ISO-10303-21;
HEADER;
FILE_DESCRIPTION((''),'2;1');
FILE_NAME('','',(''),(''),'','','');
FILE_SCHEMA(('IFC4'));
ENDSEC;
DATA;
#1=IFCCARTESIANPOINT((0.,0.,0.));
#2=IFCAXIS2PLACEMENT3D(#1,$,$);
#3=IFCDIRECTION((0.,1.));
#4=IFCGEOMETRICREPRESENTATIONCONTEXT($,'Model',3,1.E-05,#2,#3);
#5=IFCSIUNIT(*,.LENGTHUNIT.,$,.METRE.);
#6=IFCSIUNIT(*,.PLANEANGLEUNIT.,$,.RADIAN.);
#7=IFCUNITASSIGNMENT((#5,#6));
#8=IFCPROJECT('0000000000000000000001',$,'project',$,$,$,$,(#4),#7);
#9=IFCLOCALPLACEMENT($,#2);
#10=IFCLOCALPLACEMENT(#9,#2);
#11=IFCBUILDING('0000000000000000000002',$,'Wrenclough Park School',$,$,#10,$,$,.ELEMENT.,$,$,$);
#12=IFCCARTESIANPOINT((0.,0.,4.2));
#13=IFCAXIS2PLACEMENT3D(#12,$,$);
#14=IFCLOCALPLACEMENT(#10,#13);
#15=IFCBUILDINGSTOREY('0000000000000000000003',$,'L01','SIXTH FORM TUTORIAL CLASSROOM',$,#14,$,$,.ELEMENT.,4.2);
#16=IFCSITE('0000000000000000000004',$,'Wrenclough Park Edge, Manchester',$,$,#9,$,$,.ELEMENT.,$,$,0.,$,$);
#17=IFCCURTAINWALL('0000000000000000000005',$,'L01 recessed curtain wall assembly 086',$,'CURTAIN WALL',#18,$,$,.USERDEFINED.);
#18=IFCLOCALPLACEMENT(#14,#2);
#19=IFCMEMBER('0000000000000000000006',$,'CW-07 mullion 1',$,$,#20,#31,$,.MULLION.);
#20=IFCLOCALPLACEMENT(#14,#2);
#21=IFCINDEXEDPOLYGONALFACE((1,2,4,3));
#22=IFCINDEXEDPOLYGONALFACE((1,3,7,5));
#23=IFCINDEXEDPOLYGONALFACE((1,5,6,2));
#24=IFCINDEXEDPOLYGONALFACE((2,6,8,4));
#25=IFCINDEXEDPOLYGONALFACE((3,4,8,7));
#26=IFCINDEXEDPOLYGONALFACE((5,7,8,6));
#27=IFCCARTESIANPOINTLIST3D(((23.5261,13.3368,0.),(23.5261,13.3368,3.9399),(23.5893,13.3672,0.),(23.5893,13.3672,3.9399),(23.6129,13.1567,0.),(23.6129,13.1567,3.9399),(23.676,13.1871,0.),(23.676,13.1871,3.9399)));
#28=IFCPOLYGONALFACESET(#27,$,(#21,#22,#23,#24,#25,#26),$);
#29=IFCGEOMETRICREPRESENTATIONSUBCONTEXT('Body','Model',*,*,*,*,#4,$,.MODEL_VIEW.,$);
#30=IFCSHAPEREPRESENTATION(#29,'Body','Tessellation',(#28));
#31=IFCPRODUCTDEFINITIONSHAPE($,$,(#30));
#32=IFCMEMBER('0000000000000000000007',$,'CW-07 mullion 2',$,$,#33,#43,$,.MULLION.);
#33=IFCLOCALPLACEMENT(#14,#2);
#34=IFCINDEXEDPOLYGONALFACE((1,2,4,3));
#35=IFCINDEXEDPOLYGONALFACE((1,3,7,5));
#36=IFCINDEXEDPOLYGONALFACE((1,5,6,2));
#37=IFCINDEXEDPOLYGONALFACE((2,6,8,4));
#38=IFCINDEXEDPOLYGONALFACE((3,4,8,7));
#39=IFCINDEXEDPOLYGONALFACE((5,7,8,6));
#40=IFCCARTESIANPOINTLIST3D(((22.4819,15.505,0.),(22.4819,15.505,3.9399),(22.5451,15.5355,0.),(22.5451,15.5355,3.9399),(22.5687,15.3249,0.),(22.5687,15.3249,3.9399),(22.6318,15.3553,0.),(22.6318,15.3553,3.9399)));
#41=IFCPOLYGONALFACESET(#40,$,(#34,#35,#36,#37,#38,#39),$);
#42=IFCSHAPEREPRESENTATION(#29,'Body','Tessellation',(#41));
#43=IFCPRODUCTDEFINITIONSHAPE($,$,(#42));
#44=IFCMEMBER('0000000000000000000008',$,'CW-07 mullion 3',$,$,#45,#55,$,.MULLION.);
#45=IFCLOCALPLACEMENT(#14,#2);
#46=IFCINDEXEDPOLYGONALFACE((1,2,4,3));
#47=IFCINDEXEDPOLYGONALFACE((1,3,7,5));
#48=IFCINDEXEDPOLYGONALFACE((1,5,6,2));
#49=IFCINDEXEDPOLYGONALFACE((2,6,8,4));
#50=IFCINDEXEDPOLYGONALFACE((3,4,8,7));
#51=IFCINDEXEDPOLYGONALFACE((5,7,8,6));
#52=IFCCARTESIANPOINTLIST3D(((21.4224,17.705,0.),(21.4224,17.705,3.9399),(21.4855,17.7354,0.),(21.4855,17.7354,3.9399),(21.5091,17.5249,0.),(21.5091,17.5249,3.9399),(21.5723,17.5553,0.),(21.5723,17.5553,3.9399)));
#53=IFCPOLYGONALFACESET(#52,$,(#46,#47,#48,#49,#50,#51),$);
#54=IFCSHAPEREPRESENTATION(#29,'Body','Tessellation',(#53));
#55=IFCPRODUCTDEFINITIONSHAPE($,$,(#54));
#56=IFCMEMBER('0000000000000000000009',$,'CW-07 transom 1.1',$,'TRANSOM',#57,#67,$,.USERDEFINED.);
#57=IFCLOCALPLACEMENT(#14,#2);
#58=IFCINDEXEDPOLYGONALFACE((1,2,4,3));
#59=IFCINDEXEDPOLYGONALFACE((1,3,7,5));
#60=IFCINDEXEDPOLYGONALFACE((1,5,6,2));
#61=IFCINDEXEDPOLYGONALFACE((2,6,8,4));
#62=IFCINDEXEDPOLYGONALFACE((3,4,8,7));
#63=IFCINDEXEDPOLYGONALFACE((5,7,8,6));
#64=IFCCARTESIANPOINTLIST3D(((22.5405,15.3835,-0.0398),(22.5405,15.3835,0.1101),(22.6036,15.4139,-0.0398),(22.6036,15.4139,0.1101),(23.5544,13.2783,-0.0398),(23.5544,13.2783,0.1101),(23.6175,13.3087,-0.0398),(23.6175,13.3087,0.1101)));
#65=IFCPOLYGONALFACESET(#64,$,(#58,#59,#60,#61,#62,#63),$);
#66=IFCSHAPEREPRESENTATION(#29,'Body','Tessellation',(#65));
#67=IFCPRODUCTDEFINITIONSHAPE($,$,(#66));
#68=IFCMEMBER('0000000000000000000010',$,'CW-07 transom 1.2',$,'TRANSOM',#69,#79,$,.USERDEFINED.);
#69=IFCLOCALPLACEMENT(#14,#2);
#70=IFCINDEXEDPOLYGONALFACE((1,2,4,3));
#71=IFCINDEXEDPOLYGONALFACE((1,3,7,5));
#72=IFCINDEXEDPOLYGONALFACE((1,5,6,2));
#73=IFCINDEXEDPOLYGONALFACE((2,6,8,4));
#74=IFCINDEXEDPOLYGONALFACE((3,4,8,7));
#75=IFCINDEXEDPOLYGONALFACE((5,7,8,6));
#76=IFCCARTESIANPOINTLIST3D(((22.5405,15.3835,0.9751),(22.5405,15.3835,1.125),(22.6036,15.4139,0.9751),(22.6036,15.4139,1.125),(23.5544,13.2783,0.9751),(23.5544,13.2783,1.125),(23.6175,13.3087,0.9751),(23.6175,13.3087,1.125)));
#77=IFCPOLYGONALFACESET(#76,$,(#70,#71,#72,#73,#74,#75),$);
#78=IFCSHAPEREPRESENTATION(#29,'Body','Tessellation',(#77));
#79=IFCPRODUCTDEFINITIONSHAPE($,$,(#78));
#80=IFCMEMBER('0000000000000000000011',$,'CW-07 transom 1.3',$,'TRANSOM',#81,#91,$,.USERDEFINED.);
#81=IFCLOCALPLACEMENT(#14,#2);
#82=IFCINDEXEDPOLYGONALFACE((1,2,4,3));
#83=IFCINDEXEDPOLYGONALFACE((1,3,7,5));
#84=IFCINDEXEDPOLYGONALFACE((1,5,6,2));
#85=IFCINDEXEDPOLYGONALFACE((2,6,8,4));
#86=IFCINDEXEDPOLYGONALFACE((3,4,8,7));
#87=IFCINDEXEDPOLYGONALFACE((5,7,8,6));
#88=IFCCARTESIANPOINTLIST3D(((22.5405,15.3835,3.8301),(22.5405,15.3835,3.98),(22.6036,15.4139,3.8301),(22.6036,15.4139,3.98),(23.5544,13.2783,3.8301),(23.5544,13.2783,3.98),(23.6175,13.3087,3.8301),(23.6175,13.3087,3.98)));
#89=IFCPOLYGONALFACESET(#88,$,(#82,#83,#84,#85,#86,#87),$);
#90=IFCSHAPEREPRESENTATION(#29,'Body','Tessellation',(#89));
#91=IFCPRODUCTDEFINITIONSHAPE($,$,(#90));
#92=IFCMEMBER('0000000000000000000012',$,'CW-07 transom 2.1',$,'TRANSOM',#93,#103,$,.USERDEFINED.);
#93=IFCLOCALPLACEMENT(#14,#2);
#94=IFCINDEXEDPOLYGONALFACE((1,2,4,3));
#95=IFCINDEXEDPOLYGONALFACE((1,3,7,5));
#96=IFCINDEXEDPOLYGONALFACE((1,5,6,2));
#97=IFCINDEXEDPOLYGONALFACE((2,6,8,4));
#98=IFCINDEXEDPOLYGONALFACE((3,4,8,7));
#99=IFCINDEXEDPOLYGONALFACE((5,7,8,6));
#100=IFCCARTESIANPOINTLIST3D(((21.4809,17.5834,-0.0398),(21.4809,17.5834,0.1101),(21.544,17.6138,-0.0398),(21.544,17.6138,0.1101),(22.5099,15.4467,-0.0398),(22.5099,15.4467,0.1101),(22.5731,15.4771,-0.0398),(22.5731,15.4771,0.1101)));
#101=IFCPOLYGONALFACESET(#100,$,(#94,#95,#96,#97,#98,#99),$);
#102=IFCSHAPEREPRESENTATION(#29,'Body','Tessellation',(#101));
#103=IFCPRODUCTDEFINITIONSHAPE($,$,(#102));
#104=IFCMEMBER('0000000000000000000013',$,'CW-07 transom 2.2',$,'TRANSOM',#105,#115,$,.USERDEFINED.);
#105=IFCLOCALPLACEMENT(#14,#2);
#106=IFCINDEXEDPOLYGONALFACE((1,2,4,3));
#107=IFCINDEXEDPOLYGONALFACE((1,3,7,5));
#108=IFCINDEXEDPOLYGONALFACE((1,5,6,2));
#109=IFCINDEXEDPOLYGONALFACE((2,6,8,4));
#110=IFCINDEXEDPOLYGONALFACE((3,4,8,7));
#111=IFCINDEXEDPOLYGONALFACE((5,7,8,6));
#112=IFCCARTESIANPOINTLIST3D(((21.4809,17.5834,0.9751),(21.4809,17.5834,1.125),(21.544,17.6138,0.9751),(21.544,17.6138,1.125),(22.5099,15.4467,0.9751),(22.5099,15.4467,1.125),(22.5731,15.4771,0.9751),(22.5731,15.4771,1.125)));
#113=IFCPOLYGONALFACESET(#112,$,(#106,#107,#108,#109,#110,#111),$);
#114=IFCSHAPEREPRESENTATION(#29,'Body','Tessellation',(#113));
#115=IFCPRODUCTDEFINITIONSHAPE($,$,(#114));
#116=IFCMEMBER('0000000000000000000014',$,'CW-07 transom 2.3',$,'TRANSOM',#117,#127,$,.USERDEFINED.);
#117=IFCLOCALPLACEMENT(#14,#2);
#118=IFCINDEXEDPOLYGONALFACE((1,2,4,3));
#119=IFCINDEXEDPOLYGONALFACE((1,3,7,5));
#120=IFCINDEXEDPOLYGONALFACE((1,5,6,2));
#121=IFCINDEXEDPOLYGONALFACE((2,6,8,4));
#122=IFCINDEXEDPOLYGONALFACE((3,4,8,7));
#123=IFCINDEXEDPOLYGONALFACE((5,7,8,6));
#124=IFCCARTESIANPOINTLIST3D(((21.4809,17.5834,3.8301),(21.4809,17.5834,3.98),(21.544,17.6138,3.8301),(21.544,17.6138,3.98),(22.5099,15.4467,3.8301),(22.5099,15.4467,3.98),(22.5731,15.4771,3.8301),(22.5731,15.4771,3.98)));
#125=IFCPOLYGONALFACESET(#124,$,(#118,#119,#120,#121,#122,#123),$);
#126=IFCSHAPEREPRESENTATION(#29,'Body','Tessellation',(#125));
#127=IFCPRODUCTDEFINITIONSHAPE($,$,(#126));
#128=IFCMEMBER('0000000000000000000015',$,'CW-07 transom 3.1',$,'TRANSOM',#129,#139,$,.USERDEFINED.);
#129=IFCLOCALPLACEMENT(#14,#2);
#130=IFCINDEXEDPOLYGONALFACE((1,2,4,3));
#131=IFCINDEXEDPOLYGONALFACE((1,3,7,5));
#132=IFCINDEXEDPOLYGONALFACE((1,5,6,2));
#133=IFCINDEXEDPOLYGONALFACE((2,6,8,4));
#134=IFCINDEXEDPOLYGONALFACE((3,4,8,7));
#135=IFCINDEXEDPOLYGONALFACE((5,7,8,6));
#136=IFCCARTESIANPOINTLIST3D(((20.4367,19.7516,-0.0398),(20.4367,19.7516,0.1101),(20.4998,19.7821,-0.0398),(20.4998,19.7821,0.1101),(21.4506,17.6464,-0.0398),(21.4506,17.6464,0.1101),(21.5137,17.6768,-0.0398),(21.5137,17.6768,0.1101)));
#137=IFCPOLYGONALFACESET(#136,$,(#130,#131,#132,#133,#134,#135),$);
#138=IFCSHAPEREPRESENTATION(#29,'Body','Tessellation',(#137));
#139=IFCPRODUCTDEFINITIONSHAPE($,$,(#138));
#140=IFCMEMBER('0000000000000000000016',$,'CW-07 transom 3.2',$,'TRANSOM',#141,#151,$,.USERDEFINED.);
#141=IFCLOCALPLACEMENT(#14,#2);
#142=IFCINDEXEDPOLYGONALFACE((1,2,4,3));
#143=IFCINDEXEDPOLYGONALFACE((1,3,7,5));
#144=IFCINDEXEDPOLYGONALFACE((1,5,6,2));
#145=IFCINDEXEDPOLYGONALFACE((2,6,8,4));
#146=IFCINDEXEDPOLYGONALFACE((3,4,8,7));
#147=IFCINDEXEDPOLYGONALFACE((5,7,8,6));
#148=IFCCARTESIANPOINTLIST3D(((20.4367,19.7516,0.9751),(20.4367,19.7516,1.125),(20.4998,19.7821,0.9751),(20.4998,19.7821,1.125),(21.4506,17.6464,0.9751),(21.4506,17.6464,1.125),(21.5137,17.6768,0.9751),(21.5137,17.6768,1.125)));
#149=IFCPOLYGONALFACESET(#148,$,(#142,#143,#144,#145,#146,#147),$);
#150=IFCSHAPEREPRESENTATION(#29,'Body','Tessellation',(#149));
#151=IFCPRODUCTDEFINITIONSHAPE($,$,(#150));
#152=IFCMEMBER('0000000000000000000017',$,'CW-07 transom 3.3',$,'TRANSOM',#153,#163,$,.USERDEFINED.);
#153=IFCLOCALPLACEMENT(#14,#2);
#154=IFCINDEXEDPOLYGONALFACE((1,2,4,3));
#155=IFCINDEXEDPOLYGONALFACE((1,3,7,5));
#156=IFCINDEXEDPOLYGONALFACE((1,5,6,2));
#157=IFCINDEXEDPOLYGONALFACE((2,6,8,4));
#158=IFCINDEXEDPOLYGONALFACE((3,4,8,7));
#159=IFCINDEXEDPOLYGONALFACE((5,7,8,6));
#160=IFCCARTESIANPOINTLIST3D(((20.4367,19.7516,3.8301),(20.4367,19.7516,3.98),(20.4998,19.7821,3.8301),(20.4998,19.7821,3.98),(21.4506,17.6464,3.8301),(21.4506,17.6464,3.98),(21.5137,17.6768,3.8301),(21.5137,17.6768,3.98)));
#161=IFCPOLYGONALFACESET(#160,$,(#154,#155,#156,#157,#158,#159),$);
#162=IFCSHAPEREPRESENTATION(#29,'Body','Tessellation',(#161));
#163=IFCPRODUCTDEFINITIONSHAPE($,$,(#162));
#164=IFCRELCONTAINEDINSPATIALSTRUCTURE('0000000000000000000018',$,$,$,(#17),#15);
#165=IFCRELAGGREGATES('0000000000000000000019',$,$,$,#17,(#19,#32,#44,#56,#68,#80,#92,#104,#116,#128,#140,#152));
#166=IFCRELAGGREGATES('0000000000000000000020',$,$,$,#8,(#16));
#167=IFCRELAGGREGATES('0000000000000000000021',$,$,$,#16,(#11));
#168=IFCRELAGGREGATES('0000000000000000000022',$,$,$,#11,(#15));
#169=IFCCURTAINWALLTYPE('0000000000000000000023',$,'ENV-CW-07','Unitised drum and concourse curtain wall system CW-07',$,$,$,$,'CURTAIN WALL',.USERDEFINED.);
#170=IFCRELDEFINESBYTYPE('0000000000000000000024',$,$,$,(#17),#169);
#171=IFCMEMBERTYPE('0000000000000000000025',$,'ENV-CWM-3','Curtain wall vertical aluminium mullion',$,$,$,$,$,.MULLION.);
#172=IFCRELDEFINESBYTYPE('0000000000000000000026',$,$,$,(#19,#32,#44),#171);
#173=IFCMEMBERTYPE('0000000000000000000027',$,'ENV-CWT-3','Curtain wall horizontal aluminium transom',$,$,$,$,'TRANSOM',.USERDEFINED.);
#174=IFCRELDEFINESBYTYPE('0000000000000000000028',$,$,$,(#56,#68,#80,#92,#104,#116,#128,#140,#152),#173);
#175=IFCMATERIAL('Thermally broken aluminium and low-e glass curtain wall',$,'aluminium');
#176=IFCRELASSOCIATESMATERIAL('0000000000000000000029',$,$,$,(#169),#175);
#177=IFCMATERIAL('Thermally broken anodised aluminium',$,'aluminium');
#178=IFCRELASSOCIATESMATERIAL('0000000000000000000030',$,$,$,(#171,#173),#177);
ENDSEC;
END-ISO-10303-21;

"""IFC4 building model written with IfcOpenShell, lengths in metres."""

from ifc_helpers import new_model, si_unit, direction, frame, origin, origin_2d, place, context, subcontext, project, spatial, rectangle, extrude, material, material_profile, profile_set, type_object, element, aggregate, save


model = new_model("IFC4")

# Units and contexts
model_context = context("Model", 3, precision=1e-05, world=origin(), true_north=direction((0.0, 1.0)))
body_context = subcontext(model_context, "Body", "Model", "MODEL_VIEW")
ifc_project = project(units=[si_unit("LENGTHUNIT", "METRE"), si_unit("PLANEANGLEUNIT", "RADIAN")], contexts=[model_context])

# Site, building, storey
site_placement = place(None, origin())
site = spatial("IfcSite", under=ifc_project, at=site_placement, Name="Wrenclough Park Edge, Manchester", CompositionType="ELEMENT", RefElevation=0.0)
building_placement = place(site_placement, origin())
building = spatial("IfcBuilding", under=site, at=building_placement, Name="Wrenclough Park School", CompositionType="ELEMENT")
storey_placement = place(building_placement, frame((0.0, 0.0, 4.2)))
storey = spatial("IfcBuildingStorey", under=building, at=storey_placement, Name="L01", Description="SIXTH FORM TUTORIAL CLASSROOM", CompositionType="ELEMENT", Elevation=4.2)

# Curtain wall, members
ifc_material_1 = material(Name="Thermally broken aluminium and low-e glass curtain wall", Category="aluminium")
curtain_wall_type = type_object("IfcCurtainWallType", Name="ENV-CW-07", Description="Unitised drum and concourse curtain wall system CW-07", ElementType="CURTAIN WALL", PredefinedType="USERDEFINED", material=ifc_material_1)
curtain_wall_placement = place(storey_placement, origin())
curtain_wall = element("IfcCurtainWall", 1, at=curtain_wall_placement, inside=storey, type_object=curtain_wall_type, Name="L01 recessed curtain wall assembly 086", ObjectType="CURTAIN WALL", PredefinedType="USERDEFINED")
ifc_material_2 = material(Name="Thermally broken anodised aluminium", Category="aluminium")
ifc_material_profile_1 = material_profile(ifc_material_2, rectangle(XDim=0.0701, YDim=0.2, at=origin_2d()), Name="AL MULLION 70x200")
ifc_profile_set_1 = profile_set([ifc_material_profile_1], Name="Thermally broken anodised aluminium")
member_type_1 = type_object("IfcMemberType", Name="ENV-CWM-3", Description="Curtain wall vertical aluminium mullion", PredefinedType="MULLION", material=ifc_profile_set_1)
member_1_placement = place(storey_placement, frame((23.6011, 13.262, 0.0), z_axis=(0.0, 0.0, 1.0), x_axis=(-0.900964, -0.433895, 0.0)))
member_1 = element("IfcMember", 2, at=member_1_placement, type_object=member_type_1, Name="CW-07 mullion 1", PredefinedType="MULLION", context=body_context, shape_type="SweptSolid", body=[
    extrude(rectangle(XDim=0.0701, YDim=0.2, at=origin_2d()), origin(), (0.0, 0.0, 1.0), 3.9399),
])
member_2_placement = place(storey_placement, frame((22.5569, 15.4302, 0.0), z_axis=(0.0, 0.0, 1.0), x_axis=(-0.900964, -0.433895, 0.0)))
member_2 = element("IfcMember", 3, at=member_2_placement, type_object=member_type_1, Name="CW-07 mullion 2", PredefinedType="MULLION", context=body_context, shape_type="SweptSolid", body=[
    extrude(rectangle(XDim=0.0701, YDim=0.2, at=origin_2d()), origin(), (0.0, 0.0, 1.0), 3.9399),
])
member_3_placement = place(storey_placement, frame((21.4973, 17.6301, 0.0), z_axis=(0.0, 0.0, 1.0), x_axis=(-0.900964, -0.433895, 0.0)))
member_3 = element("IfcMember", 4, at=member_3_placement, type_object=member_type_1, Name="CW-07 mullion 3", PredefinedType="MULLION", context=body_context, shape_type="SweptSolid", body=[
    extrude(rectangle(XDim=0.0701, YDim=0.2, at=origin_2d()), origin(), (0.0, 0.0, 1.0), 3.9399),
])
ifc_material_profile_2 = material_profile(ifc_material_2, rectangle(XDim=0.0701, YDim=0.1499, at=origin_2d()), Name="AL TRANSOM 70x150")
ifc_profile_set_2 = profile_set([ifc_material_profile_2], Name="Thermally broken anodised aluminium")
member_type_2 = type_object("IfcMemberType", Name="ENV-CWT-3", Description="Curtain wall horizontal aluminium transom", ElementType="TRANSOM", PredefinedType="USERDEFINED", material=ifc_profile_set_2)
member_4_placement = place(storey_placement, frame((23.5859, 13.2935, 0.0352), z_axis=(-0.433916, 0.900953, 0.0), x_axis=(-0.900953, -0.433916, 0.0)))
member_4 = element("IfcMember", 5, at=member_4_placement, type_object=member_type_2, Name="CW-07 transom 1.1", ObjectType="TRANSOM", PredefinedType="USERDEFINED", context=body_context, shape_type="SweptSolid", body=[
    extrude(rectangle(XDim=0.0701, YDim=0.1499, at=origin_2d()), origin(), (0.0, 0.0, 1.0), 2.3367),
])
member_5_placement = place(storey_placement, frame((23.5859, 13.2935, 1.05), z_axis=(-0.433916, 0.900953, 0.0), x_axis=(-0.900953, -0.433916, 0.0)))
member_5 = element("IfcMember", 6, at=member_5_placement, type_object=member_type_2, Name="CW-07 transom 1.2", ObjectType="TRANSOM", PredefinedType="USERDEFINED", context=body_context, shape_type="SweptSolid", body=[
    extrude(rectangle(XDim=0.0701, YDim=0.1499, at=origin_2d()), origin(), (0.0, 0.0, 1.0), 2.3367),
])
member_6_placement = place(storey_placement, frame((23.5859, 13.2935, 3.905), z_axis=(-0.433916, 0.900953, 0.0), x_axis=(-0.900953, -0.433916, 0.0)))
member_6 = element("IfcMember", 7, at=member_6_placement, type_object=member_type_2, Name="CW-07 transom 1.3", ObjectType="TRANSOM", PredefinedType="USERDEFINED", context=body_context, shape_type="SweptSolid", body=[
    extrude(rectangle(XDim=0.0701, YDim=0.1499, at=origin_2d()), origin(), (0.0, 0.0, 1.0), 2.3367),
])
member_7_placement = place(storey_placement, frame((22.5415, 15.4619, 0.0352), z_axis=(-0.433905, 0.900958, 0.0), x_axis=(-0.900958, -0.433905, 0.0)))
member_7 = element("IfcMember", 8, at=member_7_placement, type_object=member_type_2, Name="CW-07 transom 2.1", ObjectType="TRANSOM", PredefinedType="USERDEFINED", context=body_context, shape_type="SweptSolid", body=[
    extrude(rectangle(XDim=0.0701, YDim=0.1499, at=origin_2d()), origin(), (0.0, 0.0, 1.0), 2.3716),
])
member_8_placement = place(storey_placement, frame((22.5415, 15.4619, 1.05), z_axis=(-0.433905, 0.900958, 0.0), x_axis=(-0.900958, -0.433905, 0.0)))
member_8 = element("IfcMember", 9, at=member_8_placement, type_object=member_type_2, Name="CW-07 transom 2.2", ObjectType="TRANSOM", PredefinedType="USERDEFINED", context=body_context, shape_type="SweptSolid", body=[
    extrude(rectangle(XDim=0.0701, YDim=0.1499, at=origin_2d()), origin(), (0.0, 0.0, 1.0), 2.3716),
])
member_9_placement = place(storey_placement, frame((22.5415, 15.4619, 3.905), z_axis=(-0.433905, 0.900958, 0.0), x_axis=(-0.900958, -0.433905, 0.0)))
member_9 = element("IfcMember", 10, at=member_9_placement, type_object=member_type_2, Name="CW-07 transom 2.3", ObjectType="TRANSOM", PredefinedType="USERDEFINED", context=body_context, shape_type="SweptSolid", body=[
    extrude(rectangle(XDim=0.0701, YDim=0.1499, at=origin_2d()), origin(), (0.0, 0.0, 1.0), 2.3716),
])
member_10_placement = place(storey_placement, frame((21.4822, 17.6616, 0.0352), z_axis=(-0.433916, 0.900953, 0.0), x_axis=(-0.900953, -0.433916, 0.0)))
member_10 = element("IfcMember", 11, at=member_10_placement, type_object=member_type_2, Name="CW-07 transom 3.1", ObjectType="TRANSOM", PredefinedType="USERDEFINED", context=body_context, shape_type="SweptSolid", body=[
    extrude(rectangle(XDim=0.0701, YDim=0.1499, at=origin_2d()), origin(), (0.0, 0.0, 1.0), 2.3367),
])
member_11_placement = place(storey_placement, frame((21.4822, 17.6616, 1.05), z_axis=(-0.433916, 0.900953, 0.0), x_axis=(-0.900953, -0.433916, 0.0)))
member_11 = element("IfcMember", 12, at=member_11_placement, type_object=member_type_2, Name="CW-07 transom 3.2", ObjectType="TRANSOM", PredefinedType="USERDEFINED", context=body_context, shape_type="SweptSolid", body=[
    extrude(rectangle(XDim=0.0701, YDim=0.1499, at=origin_2d()), origin(), (0.0, 0.0, 1.0), 2.3367),
])
member_12_placement = place(storey_placement, frame((21.4822, 17.6616, 3.905), z_axis=(-0.433916, 0.900953, 0.0), x_axis=(-0.900953, -0.433916, 0.0)))
member_12 = element("IfcMember", 13, at=member_12_placement, type_object=member_type_2, Name="CW-07 transom 3.3", ObjectType="TRANSOM", PredefinedType="USERDEFINED", context=body_context, shape_type="SweptSolid", body=[
    extrude(rectangle(XDim=0.0701, YDim=0.1499, at=origin_2d()), origin(), (0.0, 0.0, 1.0), 2.3367),
])

aggregate(curtain_wall, [member_1, member_2, member_3, member_4, member_5, member_6, member_7, member_8, member_9, member_10, member_11, member_12])

save(model, "model.ifc")
